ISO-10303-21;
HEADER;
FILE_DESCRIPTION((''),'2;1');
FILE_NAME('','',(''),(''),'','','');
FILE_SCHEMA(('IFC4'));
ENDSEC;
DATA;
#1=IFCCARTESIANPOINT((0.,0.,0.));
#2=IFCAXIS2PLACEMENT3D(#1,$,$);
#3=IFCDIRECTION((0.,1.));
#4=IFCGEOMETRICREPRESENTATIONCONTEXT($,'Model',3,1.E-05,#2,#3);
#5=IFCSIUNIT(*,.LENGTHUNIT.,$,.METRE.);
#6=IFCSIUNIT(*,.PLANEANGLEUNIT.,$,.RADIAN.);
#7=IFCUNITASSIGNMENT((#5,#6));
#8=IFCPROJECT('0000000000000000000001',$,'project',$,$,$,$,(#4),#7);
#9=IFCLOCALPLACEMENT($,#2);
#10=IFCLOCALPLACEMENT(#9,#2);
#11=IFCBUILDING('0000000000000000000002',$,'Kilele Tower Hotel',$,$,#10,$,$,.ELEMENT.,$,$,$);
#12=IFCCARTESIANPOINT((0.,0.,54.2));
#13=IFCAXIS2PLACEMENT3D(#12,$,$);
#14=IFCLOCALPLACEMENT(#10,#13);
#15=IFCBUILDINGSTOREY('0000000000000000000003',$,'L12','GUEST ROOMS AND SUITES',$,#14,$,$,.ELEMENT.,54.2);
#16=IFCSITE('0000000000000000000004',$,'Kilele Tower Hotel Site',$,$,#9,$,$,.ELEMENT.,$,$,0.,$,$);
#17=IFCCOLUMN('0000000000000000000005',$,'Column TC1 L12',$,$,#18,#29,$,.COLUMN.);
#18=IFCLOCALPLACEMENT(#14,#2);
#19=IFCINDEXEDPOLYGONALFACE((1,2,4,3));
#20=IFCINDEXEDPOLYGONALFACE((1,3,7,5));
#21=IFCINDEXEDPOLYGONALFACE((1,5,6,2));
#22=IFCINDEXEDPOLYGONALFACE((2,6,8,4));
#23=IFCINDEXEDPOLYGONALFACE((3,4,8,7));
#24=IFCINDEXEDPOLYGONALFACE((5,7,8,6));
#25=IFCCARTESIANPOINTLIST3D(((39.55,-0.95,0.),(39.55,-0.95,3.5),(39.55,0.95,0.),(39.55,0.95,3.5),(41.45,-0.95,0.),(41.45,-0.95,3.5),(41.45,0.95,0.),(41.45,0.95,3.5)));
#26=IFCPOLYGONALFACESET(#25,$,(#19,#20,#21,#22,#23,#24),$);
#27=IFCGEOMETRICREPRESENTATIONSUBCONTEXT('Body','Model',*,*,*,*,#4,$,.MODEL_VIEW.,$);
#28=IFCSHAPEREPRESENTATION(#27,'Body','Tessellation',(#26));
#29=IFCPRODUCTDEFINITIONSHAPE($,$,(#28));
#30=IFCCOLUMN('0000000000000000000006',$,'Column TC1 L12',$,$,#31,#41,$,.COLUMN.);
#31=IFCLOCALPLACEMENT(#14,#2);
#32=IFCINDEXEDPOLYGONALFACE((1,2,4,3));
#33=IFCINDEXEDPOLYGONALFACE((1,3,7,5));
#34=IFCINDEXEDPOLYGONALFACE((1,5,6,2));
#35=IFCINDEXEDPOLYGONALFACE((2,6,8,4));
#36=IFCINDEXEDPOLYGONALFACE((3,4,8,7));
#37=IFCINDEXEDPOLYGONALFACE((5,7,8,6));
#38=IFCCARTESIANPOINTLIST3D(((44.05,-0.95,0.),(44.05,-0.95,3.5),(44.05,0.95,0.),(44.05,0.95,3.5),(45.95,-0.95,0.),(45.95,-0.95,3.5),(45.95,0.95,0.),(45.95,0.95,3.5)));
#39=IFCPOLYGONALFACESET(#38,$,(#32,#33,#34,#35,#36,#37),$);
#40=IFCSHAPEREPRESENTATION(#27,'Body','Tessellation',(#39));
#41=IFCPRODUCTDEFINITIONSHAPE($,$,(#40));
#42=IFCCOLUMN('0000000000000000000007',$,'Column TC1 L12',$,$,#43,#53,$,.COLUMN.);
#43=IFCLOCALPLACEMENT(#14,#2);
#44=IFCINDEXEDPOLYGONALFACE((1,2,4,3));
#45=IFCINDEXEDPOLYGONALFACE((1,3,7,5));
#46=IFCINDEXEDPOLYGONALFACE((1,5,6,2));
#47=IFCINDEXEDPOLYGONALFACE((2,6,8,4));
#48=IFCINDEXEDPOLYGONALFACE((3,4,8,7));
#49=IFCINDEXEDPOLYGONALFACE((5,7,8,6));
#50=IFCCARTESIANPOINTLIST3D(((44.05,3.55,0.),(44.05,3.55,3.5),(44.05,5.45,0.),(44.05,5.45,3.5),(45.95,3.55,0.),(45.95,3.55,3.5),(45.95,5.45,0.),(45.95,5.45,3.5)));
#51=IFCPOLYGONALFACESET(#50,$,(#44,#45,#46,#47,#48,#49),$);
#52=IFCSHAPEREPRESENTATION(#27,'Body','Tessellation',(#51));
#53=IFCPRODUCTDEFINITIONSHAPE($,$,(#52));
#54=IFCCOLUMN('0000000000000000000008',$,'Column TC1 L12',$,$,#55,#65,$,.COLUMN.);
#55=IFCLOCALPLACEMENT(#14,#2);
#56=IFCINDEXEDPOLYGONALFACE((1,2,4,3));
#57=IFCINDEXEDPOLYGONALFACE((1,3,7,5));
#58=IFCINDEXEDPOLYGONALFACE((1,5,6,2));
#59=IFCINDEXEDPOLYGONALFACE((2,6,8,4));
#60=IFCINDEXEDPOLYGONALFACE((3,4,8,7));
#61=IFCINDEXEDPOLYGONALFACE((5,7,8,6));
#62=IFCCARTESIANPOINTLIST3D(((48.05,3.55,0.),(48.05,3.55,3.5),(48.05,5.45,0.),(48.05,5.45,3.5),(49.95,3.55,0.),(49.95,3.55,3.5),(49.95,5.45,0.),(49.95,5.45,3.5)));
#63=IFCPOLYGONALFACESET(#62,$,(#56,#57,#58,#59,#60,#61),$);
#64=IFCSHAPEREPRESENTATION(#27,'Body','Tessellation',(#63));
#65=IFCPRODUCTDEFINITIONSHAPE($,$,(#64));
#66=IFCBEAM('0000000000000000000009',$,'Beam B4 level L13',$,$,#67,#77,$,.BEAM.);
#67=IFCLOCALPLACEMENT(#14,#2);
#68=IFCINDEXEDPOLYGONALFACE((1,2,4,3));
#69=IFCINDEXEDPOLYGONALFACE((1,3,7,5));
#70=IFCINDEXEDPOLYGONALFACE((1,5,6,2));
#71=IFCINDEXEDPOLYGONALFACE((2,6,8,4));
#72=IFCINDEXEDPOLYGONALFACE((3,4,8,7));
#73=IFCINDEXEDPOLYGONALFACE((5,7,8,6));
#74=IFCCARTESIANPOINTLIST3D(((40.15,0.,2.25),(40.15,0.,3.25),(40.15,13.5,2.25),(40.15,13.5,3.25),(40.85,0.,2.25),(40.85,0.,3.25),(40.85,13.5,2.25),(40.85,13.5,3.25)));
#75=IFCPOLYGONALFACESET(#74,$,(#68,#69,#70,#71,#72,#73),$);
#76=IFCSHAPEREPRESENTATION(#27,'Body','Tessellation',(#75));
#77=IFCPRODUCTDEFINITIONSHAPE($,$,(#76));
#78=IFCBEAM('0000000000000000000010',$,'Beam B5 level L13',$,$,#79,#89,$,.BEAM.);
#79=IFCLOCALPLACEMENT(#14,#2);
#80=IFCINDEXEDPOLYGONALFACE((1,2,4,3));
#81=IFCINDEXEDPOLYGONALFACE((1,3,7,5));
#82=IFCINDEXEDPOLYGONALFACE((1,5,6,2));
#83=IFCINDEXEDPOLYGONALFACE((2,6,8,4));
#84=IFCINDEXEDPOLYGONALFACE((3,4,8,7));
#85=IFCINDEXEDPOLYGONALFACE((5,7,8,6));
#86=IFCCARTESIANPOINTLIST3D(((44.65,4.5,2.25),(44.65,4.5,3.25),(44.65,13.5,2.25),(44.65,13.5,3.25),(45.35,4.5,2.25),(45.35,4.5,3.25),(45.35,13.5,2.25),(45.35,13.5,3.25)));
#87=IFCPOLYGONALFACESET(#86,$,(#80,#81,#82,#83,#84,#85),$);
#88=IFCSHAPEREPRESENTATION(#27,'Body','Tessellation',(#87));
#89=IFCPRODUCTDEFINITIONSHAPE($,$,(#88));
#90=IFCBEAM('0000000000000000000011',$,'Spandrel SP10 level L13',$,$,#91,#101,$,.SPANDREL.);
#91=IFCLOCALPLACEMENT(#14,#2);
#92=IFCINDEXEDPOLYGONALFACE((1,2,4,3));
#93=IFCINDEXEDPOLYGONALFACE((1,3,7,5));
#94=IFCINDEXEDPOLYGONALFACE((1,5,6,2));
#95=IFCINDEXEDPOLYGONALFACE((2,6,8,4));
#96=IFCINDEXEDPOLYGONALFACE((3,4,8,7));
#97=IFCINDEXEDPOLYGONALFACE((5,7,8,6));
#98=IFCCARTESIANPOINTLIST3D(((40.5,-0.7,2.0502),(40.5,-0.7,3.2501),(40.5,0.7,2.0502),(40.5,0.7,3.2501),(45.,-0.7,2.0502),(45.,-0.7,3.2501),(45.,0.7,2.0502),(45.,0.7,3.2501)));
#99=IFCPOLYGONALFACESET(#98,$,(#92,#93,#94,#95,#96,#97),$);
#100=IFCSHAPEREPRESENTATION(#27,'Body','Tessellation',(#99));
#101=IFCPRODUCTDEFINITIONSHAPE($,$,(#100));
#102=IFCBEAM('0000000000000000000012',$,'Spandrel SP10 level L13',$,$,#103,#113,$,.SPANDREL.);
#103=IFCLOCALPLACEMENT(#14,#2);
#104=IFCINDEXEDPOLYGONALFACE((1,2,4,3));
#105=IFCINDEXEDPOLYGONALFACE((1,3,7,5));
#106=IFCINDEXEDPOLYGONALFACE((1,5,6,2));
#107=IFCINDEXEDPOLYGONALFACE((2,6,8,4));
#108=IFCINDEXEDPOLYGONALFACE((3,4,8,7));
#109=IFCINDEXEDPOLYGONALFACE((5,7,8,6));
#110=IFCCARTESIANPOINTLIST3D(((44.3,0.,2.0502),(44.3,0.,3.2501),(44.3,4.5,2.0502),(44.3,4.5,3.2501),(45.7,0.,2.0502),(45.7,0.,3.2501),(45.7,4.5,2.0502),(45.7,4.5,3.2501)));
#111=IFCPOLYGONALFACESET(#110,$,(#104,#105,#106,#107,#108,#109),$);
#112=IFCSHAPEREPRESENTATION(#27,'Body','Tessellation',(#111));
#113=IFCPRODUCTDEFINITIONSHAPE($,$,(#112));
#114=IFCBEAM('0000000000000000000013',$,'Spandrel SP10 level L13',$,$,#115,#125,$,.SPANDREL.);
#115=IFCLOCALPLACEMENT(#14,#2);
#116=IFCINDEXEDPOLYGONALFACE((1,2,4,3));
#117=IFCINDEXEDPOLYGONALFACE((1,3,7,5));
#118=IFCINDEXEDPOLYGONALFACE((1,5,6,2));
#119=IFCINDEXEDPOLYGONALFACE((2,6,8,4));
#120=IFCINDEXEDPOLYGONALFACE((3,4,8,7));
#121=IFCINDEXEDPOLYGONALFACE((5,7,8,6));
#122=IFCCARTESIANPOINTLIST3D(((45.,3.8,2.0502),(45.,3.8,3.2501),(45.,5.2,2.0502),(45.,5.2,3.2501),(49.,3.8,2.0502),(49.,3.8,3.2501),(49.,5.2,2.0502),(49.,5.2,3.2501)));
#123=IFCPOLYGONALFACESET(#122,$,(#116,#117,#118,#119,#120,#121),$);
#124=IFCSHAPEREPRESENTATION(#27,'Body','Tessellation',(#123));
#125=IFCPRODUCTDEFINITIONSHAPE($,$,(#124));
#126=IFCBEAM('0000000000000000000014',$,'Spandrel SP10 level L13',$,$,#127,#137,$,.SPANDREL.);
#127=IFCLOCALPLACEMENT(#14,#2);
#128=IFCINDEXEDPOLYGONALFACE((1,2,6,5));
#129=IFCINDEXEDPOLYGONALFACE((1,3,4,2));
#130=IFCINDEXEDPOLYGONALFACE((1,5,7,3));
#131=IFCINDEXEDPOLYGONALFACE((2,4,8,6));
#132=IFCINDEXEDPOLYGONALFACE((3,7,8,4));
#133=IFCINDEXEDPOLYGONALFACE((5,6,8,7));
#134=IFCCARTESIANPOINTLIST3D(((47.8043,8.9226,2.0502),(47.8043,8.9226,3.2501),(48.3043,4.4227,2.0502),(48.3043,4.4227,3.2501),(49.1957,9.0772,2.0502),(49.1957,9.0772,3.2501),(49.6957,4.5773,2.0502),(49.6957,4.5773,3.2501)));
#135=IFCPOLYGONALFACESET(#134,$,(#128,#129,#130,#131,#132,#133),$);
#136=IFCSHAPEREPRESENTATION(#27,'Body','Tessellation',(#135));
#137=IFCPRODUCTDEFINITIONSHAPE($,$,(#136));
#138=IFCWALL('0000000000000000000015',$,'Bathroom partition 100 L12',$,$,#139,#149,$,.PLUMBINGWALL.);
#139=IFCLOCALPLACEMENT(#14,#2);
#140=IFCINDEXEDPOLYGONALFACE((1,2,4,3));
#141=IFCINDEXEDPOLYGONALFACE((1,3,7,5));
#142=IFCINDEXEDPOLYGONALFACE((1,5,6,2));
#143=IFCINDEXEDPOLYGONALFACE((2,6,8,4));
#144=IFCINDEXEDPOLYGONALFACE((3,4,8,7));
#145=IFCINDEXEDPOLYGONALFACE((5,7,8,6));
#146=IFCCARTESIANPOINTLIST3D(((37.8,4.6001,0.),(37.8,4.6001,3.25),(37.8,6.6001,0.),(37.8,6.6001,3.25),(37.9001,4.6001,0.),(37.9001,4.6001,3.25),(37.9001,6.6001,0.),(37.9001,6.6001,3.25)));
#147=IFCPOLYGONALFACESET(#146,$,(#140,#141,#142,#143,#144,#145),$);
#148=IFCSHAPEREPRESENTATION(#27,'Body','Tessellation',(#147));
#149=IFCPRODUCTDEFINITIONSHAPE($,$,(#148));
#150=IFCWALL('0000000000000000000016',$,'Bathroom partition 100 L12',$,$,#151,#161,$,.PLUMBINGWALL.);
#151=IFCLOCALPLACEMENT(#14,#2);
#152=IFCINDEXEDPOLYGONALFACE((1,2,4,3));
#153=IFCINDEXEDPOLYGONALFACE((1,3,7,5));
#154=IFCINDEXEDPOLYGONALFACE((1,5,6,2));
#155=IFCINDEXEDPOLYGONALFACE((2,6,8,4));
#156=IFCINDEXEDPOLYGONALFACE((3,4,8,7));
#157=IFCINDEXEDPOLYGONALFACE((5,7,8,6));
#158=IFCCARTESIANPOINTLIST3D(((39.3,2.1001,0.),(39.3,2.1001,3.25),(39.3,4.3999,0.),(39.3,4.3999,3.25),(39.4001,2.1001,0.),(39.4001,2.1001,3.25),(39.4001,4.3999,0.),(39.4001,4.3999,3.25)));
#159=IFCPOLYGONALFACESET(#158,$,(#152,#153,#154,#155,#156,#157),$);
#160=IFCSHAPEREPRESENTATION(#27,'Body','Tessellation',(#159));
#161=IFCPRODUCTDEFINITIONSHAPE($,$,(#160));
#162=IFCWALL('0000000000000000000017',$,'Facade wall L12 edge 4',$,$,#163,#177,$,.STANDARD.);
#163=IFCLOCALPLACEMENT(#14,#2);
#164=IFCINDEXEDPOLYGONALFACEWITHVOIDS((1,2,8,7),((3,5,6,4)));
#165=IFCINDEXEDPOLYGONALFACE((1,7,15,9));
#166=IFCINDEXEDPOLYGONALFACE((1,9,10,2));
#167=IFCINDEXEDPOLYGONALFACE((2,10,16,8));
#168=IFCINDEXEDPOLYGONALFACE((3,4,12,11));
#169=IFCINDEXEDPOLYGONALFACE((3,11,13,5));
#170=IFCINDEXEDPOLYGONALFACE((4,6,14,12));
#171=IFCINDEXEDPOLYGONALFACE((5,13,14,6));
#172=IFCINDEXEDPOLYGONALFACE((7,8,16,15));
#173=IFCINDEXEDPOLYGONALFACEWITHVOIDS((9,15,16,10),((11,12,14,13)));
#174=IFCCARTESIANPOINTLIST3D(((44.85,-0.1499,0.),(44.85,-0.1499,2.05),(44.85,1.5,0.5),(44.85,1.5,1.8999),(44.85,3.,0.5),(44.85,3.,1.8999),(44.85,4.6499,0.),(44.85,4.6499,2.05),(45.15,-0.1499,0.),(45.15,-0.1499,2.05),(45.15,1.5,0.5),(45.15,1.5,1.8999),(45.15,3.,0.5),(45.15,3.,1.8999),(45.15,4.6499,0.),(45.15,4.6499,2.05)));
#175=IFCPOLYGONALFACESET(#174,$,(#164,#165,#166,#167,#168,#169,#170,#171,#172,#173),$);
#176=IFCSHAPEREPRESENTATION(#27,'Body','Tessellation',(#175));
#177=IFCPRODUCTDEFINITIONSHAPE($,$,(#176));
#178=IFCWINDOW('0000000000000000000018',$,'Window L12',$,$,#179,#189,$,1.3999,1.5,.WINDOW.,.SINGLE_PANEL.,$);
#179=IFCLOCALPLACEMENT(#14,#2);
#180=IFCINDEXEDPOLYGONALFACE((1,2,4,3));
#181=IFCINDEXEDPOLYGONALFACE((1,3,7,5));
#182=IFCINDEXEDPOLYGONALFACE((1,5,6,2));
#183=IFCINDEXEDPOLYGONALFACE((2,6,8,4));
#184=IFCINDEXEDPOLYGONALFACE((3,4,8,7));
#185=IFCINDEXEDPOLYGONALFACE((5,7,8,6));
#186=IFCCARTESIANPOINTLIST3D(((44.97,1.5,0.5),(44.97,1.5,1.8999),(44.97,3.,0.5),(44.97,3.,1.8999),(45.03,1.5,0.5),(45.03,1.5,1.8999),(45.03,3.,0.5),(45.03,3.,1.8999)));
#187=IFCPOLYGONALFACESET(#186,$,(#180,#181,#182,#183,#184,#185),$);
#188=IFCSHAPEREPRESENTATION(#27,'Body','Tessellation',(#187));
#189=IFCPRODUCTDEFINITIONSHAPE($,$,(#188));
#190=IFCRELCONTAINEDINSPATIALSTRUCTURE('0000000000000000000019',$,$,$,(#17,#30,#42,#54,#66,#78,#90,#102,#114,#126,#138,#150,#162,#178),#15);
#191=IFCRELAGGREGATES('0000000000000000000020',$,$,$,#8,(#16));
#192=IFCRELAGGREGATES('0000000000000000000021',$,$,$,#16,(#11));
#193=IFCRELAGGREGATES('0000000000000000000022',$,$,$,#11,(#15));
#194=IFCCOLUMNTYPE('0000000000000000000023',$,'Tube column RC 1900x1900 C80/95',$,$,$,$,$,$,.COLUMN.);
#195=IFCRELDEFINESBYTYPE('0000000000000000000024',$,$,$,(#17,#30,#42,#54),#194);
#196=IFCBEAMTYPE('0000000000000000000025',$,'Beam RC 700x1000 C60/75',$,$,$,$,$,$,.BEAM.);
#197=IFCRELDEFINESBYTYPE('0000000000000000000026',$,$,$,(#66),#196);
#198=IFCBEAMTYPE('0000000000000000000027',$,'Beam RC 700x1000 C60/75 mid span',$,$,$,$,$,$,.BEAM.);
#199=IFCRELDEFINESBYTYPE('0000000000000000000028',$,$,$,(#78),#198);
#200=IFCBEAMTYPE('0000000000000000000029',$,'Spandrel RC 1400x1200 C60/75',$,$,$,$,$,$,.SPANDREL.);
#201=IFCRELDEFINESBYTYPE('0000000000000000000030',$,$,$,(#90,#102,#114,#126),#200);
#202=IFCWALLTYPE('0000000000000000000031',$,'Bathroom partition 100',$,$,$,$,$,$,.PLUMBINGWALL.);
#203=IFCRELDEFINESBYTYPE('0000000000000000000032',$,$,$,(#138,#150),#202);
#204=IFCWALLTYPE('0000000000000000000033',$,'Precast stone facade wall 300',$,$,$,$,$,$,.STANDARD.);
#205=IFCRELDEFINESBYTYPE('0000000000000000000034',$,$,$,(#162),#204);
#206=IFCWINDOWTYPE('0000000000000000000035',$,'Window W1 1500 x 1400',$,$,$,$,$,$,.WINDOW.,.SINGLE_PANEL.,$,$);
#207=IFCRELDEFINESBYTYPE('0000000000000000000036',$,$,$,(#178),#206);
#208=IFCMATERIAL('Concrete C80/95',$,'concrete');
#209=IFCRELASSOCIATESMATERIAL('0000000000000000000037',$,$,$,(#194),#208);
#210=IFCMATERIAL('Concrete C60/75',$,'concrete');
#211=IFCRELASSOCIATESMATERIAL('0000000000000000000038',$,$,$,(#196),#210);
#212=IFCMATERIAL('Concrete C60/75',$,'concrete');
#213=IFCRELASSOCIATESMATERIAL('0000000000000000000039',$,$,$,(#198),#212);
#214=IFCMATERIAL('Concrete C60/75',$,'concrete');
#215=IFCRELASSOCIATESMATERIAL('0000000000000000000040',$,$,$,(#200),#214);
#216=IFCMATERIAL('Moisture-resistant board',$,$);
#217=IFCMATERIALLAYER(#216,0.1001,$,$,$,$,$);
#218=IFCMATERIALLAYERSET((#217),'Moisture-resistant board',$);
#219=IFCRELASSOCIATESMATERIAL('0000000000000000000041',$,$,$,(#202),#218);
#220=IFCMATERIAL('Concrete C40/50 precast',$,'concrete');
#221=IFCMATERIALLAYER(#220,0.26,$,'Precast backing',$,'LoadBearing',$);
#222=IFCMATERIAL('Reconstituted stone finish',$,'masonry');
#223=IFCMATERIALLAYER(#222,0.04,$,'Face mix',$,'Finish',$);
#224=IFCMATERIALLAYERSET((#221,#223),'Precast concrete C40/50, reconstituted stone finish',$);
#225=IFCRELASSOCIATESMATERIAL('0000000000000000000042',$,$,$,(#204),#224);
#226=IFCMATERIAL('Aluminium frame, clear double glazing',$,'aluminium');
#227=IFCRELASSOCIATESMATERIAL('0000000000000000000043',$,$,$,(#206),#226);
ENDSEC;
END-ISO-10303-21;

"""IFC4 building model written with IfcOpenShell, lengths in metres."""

from ifc_helpers import new_model, si_unit, direction, frame, frame_2d, origin, origin_2d, place, context, subcontext, project, spatial, rectangle, extrude, material, layer, layer_set, material_profile, profile_set, type_object, element, fill, save


model = new_model("IFC4")

# Units and contexts
model_context = context("Model", 3, precision=1e-05, world=origin(), true_north=direction((0.0, 1.0)))
body_context = subcontext(model_context, "Body", "Model", "MODEL_VIEW")
ifc_project = project(units=[si_unit("LENGTHUNIT", "METRE"), si_unit("PLANEANGLEUNIT", "RADIAN")], contexts=[model_context])

# Site, building, storey
site_placement = place(None, origin())
site = spatial("IfcSite", under=ifc_project, at=site_placement, Name="Kilele Tower Hotel Site", CompositionType="ELEMENT", RefElevation=0.0)
building_placement = place(site_placement, origin())
building = spatial("IfcBuilding", under=site, at=building_placement, Name="Kilele Tower Hotel", CompositionType="ELEMENT")
storey_placement = place(building_placement, frame((0.0, 0.0, 54.2)))
storey = spatial("IfcBuildingStorey", under=building, at=storey_placement, Name="L12", Description="GUEST ROOMS AND SUITES", CompositionType="ELEMENT", Elevation=54.2)

# Columns
ifc_material_1 = material(Name="Concrete C80/95", Category="concrete")
ifc_material_profile_1 = material_profile(ifc_material_1, rectangle(XDim=1.8999, YDim=1.8999, at=origin_2d()))
ifc_profile_set_1 = profile_set([ifc_material_profile_1], Name="Concrete C80/95")
column_type = type_object("IfcColumnType", Name="Tube column RC 1900x1900 C80/95", PredefinedType="COLUMN", material=ifc_profile_set_1)
for number, where, z_axis, x_axis, name in (
    (1, (40.5, 0.0, 0.0), (0.0, 0.0, 1.0), (1.0, 0.0, 0.0), "Column TC1 L12"),
    (2, (45.0, 0.0, 0.0), (0.0, 0.0, 1.0), (1.0, 0.0, 0.0), "Column TC1 L12"),
    (3, (45.0, 4.5, 0.0), (0.0, 0.0, 1.0), (1.0, 0.0, 0.0), "Column TC1 L12"),
    (4, (49.0, 4.5, 0.0), (0.0, 0.0, 1.0), (1.0, 0.0, 0.0), "Column TC1 L12"),
):
    element("IfcColumn", number, at=place(storey_placement, frame(where, z_axis=z_axis, x_axis=x_axis)), inside=storey, type_object=column_type, Name=name, PredefinedType="COLUMN", context=body_context, shape_type="SweptSolid", body=[
        extrude(rectangle(XDim=1.8999, YDim=1.8999, at=origin_2d()), origin(), (0.0, 0.0, 1.0), 3.5),
    ])

# Beams
ifc_material_2 = material(Name="Concrete C60/75", Category="concrete")
ifc_material_profile_2 = material_profile(ifc_material_2, rectangle(XDim=0.7, YDim=1.0, at=origin_2d()))
ifc_profile_set_2 = profile_set([ifc_material_profile_2], Name="Concrete C60/75")
beam_type_1 = type_object("IfcBeamType", Name="Beam RC 700x1000 C60/75", PredefinedType="BEAM", material=ifc_profile_set_2)
beam_1_placement = place(storey_placement, frame((40.5, 0.0, 2.75), z_axis=(0.0, 1.0, 0.0), x_axis=(-1.0, 0.0, 0.0)))
element("IfcBeam", 5, at=beam_1_placement, inside=storey, type_object=beam_type_1, Name="Beam B4 level L13", PredefinedType="BEAM", context=body_context, shape_type="SweptSolid", body=[
    extrude(rectangle(XDim=0.7, YDim=1.0, at=origin_2d()), origin(), (0.0, 0.0, 1.0), 13.5),
])
ifc_material_3 = material(Name="Concrete C60/75", Category="concrete")
ifc_material_profile_3 = material_profile(ifc_material_3, rectangle(XDim=0.7, YDim=1.0, at=origin_2d()))
ifc_profile_set_3 = profile_set([ifc_material_profile_3], Name="Concrete C60/75")
beam_type_2 = type_object("IfcBeamType", Name="Beam RC 700x1000 C60/75 mid span", PredefinedType="BEAM", material=ifc_profile_set_3)
beam_2_placement = place(storey_placement, frame((45.0, 4.5, 2.75), z_axis=(0.0, 1.0, 0.0), x_axis=(-1.0, 0.0, 0.0)))
element("IfcBeam", 6, at=beam_2_placement, inside=storey, type_object=beam_type_2, Name="Beam B5 level L13", PredefinedType="BEAM", context=body_context, shape_type="SweptSolid", body=[
    extrude(rectangle(XDim=0.7, YDim=1.0, at=origin_2d()), origin(), (0.0, 0.0, 1.0), 9.0),
])
ifc_material_4 = material(Name="Concrete C60/75", Category="concrete")
ifc_material_profile_4 = material_profile(ifc_material_4, rectangle(XDim=1.3999, YDim=1.2, at=origin_2d()))
ifc_profile_set_4 = profile_set([ifc_material_profile_4], Name="Concrete C60/75")
beam_type_3 = type_object("IfcBeamType", Name="Spandrel RC 1400x1200 C60/75", PredefinedType="SPANDREL", material=ifc_profile_set_4)
for number, where, z_axis, x_axis, name in (
    (7, (40.5, 0.0, 2.6501), (1.0, 0.0, 0.0), (0.0, 1.0, 0.0), "Spandrel SP10 level L13"),
    (8, (45.0, 0.0, 2.6501), (0.0, 1.0, 0.0), (-1.0, 0.0, 0.0), "Spandrel SP10 level L13"),
):
    element("IfcBeam", number, at=place(storey_placement, frame(where, z_axis=z_axis, x_axis=x_axis)), inside=storey, type_object=beam_type_3, Name=name, PredefinedType="SPANDREL", context=body_context, shape_type="SweptSolid", body=[
        extrude(rectangle(XDim=1.3999, YDim=1.2, at=origin_2d()), origin(), (0.0, 0.0, 1.0), 4.5),
    ])
beam_3_placement = place(storey_placement, frame((45.0, 4.5, 2.6501), z_axis=(1.0, 0.0, 0.0), x_axis=(0.0, 1.0, 0.0)))
element("IfcBeam", 9, at=beam_3_placement, inside=storey, type_object=beam_type_3, Name="Spandrel SP10 level L13", PredefinedType="SPANDREL", context=body_context, shape_type="SweptSolid", body=[
    extrude(rectangle(XDim=1.3999, YDim=1.2, at=origin_2d()), origin(), (0.0, 0.0, 1.0), 4.0),
])
beam_4_placement = place(storey_placement, frame((49.0, 4.5, 2.6501), z_axis=(-0.110432, 0.993884, 0.0), x_axis=(-0.993884, -0.110432, 0.0)))
element("IfcBeam", 10, at=beam_4_placement, inside=storey, type_object=beam_type_3, Name="Spandrel SP10 level L13", PredefinedType="SPANDREL", context=body_context, shape_type="SweptSolid", body=[
    extrude(rectangle(XDim=1.3999, YDim=1.2, at=origin_2d()), origin(), (0.0, 0.0, 1.0), 4.5276),
])

# Walls
ifc_material_5 = material(Name="Moisture-resistant board")
ifc_layer_1 = layer(ifc_material_5, 0.1001)
ifc_layer_set_1 = layer_set([ifc_layer_1], Name="Moisture-resistant board")
wall_type_1 = type_object("IfcWallType", Name="Bathroom partition 100", PredefinedType="PLUMBINGWALL", material=ifc_layer_set_1)
wall_1_placement = place(storey_placement, frame((37.8501, 4.6001, 0.0), z_axis=(0.0, 0.0, 1.0), x_axis=(0.0, 1.0, 0.0)))
element("IfcWall", 11, at=wall_1_placement, inside=storey, type_object=wall_type_1, Name="Bathroom partition 100 L12", PredefinedType="PLUMBINGWALL", context=body_context, shape_type="SweptSolid", body=[
    extrude(rectangle(XDim=2.0, YDim=0.1001, at=frame_2d((1.0, 0.0))), origin(), (0.0, 0.0, 1.0), 3.25),
])
wall_2_placement = place(storey_placement, frame((39.3501, 4.3999, 0.0), z_axis=(0.0, 0.0, 1.0), x_axis=(0.0, -1.0, 0.0)))
element("IfcWall", 12, at=wall_2_placement, inside=storey, type_object=wall_type_1, Name="Bathroom partition 100 L12", PredefinedType="PLUMBINGWALL", context=body_context, shape_type="SweptSolid", body=[
    extrude(rectangle(XDim=2.2998, YDim=0.1001, at=frame_2d((1.1499, 0.0))), origin(), (0.0, 0.0, 1.0), 3.25),
])

# Wall, opening, window
ifc_material_6 = material(Name="Concrete C40/50 precast", Category="concrete")
ifc_layer_2 = layer(ifc_material_6, 0.26, Name="Precast backing", Category="LoadBearing")
ifc_material_7 = material(Name="Reconstituted stone finish", Category="masonry")
ifc_layer_3 = layer(ifc_material_7, 0.04, Name="Face mix", Category="Finish")
ifc_layer_set_2 = layer_set([ifc_layer_2, ifc_layer_3], Name="Precast concrete C40/50, reconstituted stone finish")
wall_type_2 = type_object("IfcWallType", Name="Precast stone facade wall 300", PredefinedType="STANDARD", material=ifc_layer_set_2)
wall_3_placement = place(storey_placement, frame((45.0, -0.1499, 0.0), z_axis=(0.0, 0.0, 1.0), x_axis=(0.0, 1.0, 0.0)))
wall_3 = element("IfcWall", 13, at=wall_3_placement, inside=storey, type_object=wall_type_2, Name="Facade wall L12 edge 4", PredefinedType="STANDARD", context=body_context, shape_type="SweptSolid", body=[
    extrude(rectangle(XDim=4.7998, YDim=0.3, at=frame_2d((2.3999, 0.0))), origin(), (0.0, 0.0, 1.0), 2.05),
])
opening_1_placement = place(wall_3_placement, frame((1.6499, 0.0, 0.5)))
opening_1 = element("IfcOpeningElement", 14, at=opening_1_placement, cuts=wall_3, PredefinedType="OPENING", context=body_context, shape_type="SweptSolid", body=[
    extrude(rectangle(XDim=1.5, YDim=1.3999, at=frame_2d((0.75, 0.7))), frame((0.0, 0.1599, 0.0), z_axis=(0.0, -1.0, 0.0), x_axis=(1.0, 0.0, 0.0)), (0.0, 0.0, 1.0), 0.3201),
])
ifc_material_8 = material(Name="Aluminium frame, clear double glazing", Category="aluminium")
window_type = type_object("IfcWindowType", Name="Window W1 1500 x 1400", PartitioningType="SINGLE_PANEL", PredefinedType="WINDOW", material=ifc_material_8)
window_1_placement = place(opening_1_placement, origin())
window_1 = element("IfcWindow", 15, at=window_1_placement, inside=storey, type_object=window_type, Name="Window L12", OverallHeight=1.3999, OverallWidth=1.5, PartitioningType="SINGLE_PANEL", PredefinedType="WINDOW", context=body_context, shape_type="SweptSolid", body=[
    extrude(rectangle(XDim=1.5, YDim=1.3999, at=frame_2d((0.75, 0.7))), frame((0.0, 0.03, 0.0), z_axis=(0.0, -1.0, 0.0), x_axis=(1.0, 0.0, 0.0)), (0.0, 0.0, 1.0), 0.0601),
])
fill(opening_1, window_1)

save(model, "model.ifc")
